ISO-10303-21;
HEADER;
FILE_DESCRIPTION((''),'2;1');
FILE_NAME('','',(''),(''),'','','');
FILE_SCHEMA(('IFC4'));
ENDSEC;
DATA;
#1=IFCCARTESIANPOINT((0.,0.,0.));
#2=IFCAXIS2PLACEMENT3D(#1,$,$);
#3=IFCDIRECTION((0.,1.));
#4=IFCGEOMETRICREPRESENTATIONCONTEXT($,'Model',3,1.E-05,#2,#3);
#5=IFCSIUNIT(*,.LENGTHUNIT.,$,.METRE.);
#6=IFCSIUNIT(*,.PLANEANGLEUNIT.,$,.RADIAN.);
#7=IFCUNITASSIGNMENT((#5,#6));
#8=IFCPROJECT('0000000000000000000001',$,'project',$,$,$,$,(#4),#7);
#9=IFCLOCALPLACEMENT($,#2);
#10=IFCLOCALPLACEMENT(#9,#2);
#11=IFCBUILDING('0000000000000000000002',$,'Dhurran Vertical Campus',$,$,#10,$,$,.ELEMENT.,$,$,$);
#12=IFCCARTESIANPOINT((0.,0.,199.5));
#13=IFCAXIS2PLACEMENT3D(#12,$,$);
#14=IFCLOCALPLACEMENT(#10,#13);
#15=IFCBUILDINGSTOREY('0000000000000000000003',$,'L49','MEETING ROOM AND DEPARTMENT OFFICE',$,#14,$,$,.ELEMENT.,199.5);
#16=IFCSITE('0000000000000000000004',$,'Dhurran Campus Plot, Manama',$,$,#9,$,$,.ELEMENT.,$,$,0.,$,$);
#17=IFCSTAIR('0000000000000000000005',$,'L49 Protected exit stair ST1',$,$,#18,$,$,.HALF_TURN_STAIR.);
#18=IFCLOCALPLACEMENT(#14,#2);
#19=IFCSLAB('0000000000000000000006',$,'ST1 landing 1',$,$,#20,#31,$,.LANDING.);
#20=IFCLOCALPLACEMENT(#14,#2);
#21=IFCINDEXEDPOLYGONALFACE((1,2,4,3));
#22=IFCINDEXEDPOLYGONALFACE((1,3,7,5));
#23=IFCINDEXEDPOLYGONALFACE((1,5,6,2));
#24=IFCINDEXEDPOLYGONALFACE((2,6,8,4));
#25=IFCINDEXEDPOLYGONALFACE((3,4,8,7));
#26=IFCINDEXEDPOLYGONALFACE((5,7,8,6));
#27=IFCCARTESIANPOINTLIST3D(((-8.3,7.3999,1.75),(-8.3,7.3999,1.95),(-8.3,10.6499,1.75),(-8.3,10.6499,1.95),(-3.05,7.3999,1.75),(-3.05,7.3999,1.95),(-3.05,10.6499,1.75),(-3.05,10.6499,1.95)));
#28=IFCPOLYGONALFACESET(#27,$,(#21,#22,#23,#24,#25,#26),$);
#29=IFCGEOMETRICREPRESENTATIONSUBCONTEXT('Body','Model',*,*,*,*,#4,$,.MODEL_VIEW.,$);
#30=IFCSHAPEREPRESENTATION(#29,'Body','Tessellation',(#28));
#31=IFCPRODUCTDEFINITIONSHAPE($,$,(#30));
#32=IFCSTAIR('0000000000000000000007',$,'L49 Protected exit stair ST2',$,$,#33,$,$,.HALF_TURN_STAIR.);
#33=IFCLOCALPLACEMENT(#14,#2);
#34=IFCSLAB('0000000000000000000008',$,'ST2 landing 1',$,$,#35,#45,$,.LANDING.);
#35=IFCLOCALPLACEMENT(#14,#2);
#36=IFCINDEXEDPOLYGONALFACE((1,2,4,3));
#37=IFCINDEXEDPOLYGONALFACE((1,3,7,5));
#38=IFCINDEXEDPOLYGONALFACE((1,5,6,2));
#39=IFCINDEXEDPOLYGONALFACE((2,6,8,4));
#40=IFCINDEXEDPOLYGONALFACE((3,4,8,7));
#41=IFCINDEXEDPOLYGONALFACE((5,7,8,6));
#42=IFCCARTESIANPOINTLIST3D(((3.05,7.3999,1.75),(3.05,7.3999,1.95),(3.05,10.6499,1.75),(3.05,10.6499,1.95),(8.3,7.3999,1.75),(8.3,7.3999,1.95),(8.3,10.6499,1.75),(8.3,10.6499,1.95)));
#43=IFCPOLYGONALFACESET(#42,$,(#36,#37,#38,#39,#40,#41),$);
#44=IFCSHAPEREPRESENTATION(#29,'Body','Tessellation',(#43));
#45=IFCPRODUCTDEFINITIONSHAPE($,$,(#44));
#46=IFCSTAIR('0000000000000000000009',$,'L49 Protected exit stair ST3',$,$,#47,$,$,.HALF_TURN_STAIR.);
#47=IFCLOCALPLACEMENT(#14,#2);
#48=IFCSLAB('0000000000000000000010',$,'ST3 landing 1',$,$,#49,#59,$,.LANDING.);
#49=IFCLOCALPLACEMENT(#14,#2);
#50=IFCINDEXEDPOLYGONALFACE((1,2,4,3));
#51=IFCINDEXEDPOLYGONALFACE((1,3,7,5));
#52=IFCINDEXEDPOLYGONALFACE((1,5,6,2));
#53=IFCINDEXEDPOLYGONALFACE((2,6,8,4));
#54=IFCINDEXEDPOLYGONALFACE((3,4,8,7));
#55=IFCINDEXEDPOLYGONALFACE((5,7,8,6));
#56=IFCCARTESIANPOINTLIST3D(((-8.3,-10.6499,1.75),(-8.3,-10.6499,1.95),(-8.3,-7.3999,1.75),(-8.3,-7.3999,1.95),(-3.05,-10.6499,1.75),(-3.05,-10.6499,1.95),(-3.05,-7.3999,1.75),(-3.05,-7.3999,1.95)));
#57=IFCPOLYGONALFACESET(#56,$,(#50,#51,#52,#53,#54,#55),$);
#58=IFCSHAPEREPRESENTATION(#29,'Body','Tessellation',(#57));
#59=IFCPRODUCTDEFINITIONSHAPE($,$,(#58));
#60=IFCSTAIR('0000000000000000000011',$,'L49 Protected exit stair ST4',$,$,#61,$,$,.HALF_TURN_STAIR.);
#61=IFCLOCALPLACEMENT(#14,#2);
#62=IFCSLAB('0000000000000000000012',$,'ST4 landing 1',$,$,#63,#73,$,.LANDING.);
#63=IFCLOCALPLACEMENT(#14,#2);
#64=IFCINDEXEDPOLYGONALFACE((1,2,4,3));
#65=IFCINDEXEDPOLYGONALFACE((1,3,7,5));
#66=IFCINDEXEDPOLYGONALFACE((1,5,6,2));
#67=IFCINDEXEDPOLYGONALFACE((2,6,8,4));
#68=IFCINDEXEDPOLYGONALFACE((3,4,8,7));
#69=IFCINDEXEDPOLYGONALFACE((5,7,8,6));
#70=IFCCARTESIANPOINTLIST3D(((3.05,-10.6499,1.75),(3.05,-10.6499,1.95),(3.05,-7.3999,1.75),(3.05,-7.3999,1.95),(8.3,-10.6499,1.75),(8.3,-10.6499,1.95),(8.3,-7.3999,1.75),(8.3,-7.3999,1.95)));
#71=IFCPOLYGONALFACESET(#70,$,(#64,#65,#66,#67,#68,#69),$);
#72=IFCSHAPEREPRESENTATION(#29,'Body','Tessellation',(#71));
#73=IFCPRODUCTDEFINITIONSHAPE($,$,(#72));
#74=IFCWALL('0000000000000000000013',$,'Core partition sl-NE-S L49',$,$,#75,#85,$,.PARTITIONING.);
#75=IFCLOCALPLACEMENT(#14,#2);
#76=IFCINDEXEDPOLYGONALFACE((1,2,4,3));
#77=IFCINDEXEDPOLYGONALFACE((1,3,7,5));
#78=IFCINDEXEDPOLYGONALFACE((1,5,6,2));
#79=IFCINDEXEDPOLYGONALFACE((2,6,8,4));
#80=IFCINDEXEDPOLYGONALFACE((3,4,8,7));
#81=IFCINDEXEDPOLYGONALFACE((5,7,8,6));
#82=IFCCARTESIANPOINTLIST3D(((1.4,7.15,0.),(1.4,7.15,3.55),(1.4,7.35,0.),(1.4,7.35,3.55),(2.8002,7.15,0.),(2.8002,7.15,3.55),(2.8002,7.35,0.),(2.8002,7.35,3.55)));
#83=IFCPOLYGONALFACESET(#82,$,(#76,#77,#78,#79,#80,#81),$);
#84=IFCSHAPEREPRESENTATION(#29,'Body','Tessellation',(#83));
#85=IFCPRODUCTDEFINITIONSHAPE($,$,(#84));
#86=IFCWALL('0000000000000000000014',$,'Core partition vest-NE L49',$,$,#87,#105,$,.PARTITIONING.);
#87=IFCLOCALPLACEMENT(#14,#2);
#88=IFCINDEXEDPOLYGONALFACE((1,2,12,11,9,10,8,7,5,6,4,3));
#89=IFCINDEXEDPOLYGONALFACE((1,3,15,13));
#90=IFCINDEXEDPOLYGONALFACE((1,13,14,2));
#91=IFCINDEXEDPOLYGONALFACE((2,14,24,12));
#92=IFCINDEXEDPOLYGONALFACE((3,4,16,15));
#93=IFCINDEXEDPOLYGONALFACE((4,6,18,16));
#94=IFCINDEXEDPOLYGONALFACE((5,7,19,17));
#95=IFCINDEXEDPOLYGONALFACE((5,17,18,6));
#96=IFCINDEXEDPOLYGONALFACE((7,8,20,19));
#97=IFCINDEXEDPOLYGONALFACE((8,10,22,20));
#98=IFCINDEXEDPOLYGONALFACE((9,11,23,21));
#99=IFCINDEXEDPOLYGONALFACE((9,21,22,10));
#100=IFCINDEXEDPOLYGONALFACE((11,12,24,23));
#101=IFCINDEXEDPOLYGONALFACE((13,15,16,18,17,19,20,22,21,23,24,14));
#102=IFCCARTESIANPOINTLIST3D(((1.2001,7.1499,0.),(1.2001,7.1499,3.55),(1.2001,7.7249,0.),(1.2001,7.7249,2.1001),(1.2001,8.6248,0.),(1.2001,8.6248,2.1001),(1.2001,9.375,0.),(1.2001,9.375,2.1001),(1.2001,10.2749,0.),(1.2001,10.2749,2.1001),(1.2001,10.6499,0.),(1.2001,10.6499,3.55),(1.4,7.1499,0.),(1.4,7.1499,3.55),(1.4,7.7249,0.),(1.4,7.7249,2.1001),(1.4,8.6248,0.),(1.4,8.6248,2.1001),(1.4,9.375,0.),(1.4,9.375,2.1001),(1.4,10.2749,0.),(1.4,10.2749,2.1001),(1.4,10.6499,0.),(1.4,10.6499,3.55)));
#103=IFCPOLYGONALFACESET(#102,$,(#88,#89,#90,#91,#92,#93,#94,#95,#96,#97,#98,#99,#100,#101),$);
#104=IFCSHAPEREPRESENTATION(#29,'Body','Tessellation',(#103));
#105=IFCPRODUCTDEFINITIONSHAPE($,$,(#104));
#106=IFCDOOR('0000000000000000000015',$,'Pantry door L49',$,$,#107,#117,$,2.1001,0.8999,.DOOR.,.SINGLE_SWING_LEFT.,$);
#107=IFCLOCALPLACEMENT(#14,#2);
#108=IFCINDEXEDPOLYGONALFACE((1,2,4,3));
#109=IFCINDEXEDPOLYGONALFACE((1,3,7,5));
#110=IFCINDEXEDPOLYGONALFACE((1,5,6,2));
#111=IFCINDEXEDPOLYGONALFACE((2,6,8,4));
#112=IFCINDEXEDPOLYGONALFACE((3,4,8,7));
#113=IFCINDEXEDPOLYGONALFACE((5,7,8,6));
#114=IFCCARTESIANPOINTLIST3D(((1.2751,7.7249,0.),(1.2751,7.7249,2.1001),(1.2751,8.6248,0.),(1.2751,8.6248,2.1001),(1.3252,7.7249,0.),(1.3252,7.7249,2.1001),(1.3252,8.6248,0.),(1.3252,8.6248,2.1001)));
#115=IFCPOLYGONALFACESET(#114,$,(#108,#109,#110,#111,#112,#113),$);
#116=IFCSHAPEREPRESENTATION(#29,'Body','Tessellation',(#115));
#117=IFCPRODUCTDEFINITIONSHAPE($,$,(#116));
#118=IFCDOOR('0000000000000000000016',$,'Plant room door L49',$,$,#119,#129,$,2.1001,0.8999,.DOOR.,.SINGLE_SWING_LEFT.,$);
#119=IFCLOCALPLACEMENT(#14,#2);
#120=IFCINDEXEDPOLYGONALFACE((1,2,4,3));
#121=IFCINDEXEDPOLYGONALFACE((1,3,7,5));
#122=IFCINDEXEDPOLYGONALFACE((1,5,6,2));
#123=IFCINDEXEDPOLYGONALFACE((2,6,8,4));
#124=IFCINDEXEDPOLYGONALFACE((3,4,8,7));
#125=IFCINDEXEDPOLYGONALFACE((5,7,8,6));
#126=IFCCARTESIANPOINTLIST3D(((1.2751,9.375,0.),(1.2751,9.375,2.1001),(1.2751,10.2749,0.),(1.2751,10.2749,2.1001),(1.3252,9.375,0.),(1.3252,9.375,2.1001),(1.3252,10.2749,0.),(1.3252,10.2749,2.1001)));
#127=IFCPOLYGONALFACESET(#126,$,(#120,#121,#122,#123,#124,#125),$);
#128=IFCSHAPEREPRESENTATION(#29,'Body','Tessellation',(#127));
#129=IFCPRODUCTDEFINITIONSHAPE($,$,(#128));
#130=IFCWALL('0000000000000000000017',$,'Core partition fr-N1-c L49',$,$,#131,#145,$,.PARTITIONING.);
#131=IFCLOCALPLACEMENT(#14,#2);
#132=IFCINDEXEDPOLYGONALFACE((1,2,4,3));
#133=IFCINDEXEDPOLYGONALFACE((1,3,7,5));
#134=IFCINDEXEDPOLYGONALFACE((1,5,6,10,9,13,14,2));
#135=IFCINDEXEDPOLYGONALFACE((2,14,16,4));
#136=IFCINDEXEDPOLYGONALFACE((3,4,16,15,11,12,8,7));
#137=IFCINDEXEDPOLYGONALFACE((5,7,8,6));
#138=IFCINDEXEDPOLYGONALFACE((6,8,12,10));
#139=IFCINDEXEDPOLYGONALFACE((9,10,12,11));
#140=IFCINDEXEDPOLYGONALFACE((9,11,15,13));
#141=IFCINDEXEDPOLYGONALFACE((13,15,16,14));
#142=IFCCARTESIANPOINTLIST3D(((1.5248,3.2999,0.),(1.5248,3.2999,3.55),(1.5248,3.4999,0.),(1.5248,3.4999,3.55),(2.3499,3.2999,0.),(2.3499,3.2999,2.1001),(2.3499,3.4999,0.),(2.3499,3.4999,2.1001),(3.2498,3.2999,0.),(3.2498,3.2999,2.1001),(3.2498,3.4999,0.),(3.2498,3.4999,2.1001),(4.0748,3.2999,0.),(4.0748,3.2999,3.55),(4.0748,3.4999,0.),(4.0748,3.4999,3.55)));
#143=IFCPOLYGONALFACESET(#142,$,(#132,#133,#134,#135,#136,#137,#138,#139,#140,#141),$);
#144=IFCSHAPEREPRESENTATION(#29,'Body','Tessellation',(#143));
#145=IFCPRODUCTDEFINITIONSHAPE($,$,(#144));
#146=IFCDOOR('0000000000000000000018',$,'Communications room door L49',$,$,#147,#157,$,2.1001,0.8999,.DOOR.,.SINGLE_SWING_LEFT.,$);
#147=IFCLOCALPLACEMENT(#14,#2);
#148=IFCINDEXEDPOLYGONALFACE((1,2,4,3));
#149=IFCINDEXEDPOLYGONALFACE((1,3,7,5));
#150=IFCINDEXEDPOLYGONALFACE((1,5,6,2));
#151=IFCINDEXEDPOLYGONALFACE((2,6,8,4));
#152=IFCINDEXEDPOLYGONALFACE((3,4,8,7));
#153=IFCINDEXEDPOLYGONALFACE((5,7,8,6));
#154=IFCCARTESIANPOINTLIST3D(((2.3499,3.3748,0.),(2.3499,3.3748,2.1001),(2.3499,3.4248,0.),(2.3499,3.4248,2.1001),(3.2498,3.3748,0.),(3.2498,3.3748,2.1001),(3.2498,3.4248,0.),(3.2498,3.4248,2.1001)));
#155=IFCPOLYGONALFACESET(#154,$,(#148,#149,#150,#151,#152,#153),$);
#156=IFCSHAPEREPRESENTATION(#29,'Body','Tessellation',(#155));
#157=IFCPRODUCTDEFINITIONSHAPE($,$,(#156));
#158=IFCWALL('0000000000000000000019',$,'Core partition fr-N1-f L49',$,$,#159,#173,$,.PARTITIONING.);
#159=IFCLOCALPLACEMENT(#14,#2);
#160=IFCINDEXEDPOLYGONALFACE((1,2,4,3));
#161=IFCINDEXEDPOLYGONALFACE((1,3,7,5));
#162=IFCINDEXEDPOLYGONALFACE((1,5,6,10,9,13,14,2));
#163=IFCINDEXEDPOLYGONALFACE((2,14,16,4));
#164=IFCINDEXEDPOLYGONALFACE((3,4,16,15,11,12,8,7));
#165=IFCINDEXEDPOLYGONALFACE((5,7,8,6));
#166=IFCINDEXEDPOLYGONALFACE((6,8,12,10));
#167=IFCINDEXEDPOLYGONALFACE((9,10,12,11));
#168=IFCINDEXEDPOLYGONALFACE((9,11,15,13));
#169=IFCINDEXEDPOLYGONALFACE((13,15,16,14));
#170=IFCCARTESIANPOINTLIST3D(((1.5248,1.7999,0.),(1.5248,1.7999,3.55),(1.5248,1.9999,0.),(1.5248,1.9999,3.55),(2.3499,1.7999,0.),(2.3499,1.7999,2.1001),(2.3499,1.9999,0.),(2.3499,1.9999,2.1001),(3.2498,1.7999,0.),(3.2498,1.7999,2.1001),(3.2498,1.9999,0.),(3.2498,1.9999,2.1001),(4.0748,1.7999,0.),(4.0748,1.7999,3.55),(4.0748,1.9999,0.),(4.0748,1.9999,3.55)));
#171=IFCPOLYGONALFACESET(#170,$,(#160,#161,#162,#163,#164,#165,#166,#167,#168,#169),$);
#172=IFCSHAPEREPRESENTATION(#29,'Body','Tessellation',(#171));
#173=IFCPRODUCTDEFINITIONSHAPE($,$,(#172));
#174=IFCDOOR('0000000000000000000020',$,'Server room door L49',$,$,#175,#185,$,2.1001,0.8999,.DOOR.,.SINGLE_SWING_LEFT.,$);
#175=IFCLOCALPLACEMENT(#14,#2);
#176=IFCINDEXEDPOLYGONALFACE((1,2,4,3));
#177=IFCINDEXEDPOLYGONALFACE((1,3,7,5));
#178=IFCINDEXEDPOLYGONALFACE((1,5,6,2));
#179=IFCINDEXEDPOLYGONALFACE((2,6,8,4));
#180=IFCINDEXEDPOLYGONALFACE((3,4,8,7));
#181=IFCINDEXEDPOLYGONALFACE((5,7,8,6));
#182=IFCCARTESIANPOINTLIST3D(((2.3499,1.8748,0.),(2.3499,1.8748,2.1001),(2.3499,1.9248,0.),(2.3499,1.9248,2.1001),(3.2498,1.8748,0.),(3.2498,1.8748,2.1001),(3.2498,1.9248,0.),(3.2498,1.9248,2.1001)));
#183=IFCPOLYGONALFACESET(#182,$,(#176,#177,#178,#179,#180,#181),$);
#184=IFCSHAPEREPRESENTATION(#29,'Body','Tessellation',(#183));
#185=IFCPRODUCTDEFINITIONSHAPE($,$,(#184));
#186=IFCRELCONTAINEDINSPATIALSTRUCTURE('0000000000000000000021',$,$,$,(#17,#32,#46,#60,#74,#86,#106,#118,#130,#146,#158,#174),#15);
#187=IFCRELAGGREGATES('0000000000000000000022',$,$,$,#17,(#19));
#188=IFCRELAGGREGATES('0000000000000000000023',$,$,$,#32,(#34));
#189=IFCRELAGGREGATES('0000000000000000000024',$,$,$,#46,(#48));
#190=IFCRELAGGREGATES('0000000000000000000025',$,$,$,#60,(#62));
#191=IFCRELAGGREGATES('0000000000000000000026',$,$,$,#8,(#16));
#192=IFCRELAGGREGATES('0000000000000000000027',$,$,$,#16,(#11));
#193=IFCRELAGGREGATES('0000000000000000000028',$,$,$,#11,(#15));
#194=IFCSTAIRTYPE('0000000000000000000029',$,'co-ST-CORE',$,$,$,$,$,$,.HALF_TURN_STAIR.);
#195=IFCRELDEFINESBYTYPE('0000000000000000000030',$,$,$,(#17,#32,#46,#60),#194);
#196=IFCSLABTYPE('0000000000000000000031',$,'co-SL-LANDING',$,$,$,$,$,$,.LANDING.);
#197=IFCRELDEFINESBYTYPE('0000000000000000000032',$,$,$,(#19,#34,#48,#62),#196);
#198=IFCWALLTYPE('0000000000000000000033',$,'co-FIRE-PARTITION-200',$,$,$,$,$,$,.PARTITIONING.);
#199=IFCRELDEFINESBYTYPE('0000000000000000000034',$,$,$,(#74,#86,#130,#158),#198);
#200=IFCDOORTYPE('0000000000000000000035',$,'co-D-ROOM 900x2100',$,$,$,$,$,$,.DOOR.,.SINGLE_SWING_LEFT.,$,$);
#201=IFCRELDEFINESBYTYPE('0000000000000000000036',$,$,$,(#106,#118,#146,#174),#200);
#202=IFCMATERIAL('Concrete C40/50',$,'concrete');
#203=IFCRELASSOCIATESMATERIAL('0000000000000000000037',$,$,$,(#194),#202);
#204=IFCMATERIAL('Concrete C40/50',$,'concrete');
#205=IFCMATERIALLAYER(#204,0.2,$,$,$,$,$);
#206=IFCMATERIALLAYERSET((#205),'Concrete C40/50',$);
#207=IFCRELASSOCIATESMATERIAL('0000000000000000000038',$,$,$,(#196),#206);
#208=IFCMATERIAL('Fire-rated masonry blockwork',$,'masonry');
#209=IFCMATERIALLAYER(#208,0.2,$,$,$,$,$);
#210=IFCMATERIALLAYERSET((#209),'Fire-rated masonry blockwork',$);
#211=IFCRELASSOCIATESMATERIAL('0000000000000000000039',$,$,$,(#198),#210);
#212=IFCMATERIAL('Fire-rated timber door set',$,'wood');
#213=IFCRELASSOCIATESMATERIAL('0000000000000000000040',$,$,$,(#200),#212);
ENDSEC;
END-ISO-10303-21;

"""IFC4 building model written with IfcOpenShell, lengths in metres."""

from ifc_helpers import new_model, si_unit, direction, frame, frame_2d, origin, place, context, subcontext, project, spatial, polyline, rectangle, outline, extrude, material, layer, layer_set, type_object, element, fill, aggregate, save


model = new_model("IFC4")

# Units and contexts
model_context = context("Model", 3, precision=1e-05, world=origin(), true_north=direction((0.0, 1.0)))
body_context = subcontext(model_context, "Body", "Model", "MODEL_VIEW")
ifc_project = project(units=[si_unit("LENGTHUNIT", "METRE"), si_unit("PLANEANGLEUNIT", "RADIAN")], contexts=[model_context])

# Site, building, storey
site_placement = place(None, origin())
site = spatial("IfcSite", under=ifc_project, at=site_placement, Name="Dhurran Campus Plot, Manama", CompositionType="ELEMENT", RefElevation=0.0)
building_placement = place(site_placement, origin())
building = spatial("IfcBuilding", under=site, at=building_placement, Name="Dhurran Vertical Campus", CompositionType="ELEMENT")
storey_placement = place(building_placement, frame((0.0, 0.0, 199.5)))
storey = spatial("IfcBuildingStorey", under=building, at=storey_placement, Name="L49", Description="MEETING ROOM AND DEPARTMENT OFFICE", CompositionType="ELEMENT", Elevation=199.5)

# Stairs, slabs
ifc_material_1 = material(Name="Concrete C40/50", Category="concrete")
stair_type = type_object("IfcStairType", Name="co-ST-CORE", PredefinedType="HALF_TURN_STAIR", material=ifc_material_1)
stair_1_placement = place(storey_placement, origin())
stair_1 = element("IfcStair", 1, at=stair_1_placement, inside=storey, type_object=stair_type, Name="L49 Protected exit stair ST1", PredefinedType="HALF_TURN_STAIR")
ifc_material_2 = material(Name="Concrete C40/50", Category="concrete")
ifc_layer_1 = layer(ifc_material_2, 0.2)
ifc_layer_set_1 = layer_set([ifc_layer_1], Name="Concrete C40/50")
slab_type = type_object("IfcSlabType", Name="co-SL-LANDING", PredefinedType="LANDING", material=ifc_layer_set_1)
slab_1_placement = place(storey_placement, frame((0.0, 0.0, 1.75)))
slab_1 = element("IfcSlab", 2, at=slab_1_placement, type_object=slab_type, Name="ST1 landing 1", PredefinedType="LANDING", context=body_context, shape_type="SweptSolid", body=[
    extrude(outline(polyline([(-8.3, 7.3999), (-3.05, 7.3999), (-3.05, 10.6499), (-8.3, 10.6499), (-8.3, 7.3999)])), origin(), (0.0, 0.0, 1.0), 0.2),
])
aggregate(stair_1, [slab_1])
stair_2_placement = place(storey_placement, origin())
stair_2 = element("IfcStair", 3, at=stair_2_placement, inside=storey, type_object=stair_type, Name="L49 Protected exit stair ST2", PredefinedType="HALF_TURN_STAIR")
slab_2_placement = place(storey_placement, frame((0.0, 0.0, 1.75)))
slab_2 = element("IfcSlab", 4, at=slab_2_placement, type_object=slab_type, Name="ST2 landing 1", PredefinedType="LANDING", context=body_context, shape_type="SweptSolid", body=[
    extrude(outline(polyline([(8.3, 10.6499), (3.05, 10.6499), (3.05, 7.3999), (8.3, 7.3999), (8.3, 10.6499)])), origin(), (0.0, 0.0, 1.0), 0.2),
])
aggregate(stair_2, [slab_2])
stair_3_placement = place(storey_placement, origin())
stair_3 = element("IfcStair", 5, at=stair_3_placement, inside=storey, type_object=stair_type, Name="L49 Protected exit stair ST3", PredefinedType="HALF_TURN_STAIR")
slab_3_placement = place(storey_placement, frame((0.0, 0.0, 1.75)))
slab_3 = element("IfcSlab", 6, at=slab_3_placement, type_object=slab_type, Name="ST3 landing 1", PredefinedType="LANDING", context=body_context, shape_type="SweptSolid", body=[
    extrude(outline(polyline([(-8.3, -10.6499), (-3.05, -10.6499), (-3.05, -7.3999), (-8.3, -7.3999), (-8.3, -10.6499)])), origin(), (0.0, 0.0, 1.0), 0.2),
])
aggregate(stair_3, [slab_3])
stair_4_placement = place(storey_placement, origin())
stair_4 = element("IfcStair", 7, at=stair_4_placement, inside=storey, type_object=stair_type, Name="L49 Protected exit stair ST4", PredefinedType="HALF_TURN_STAIR")
slab_4_placement = place(storey_placement, frame((0.0, 0.0, 1.75)))
slab_4 = element("IfcSlab", 8, at=slab_4_placement, type_object=slab_type, Name="ST4 landing 1", PredefinedType="LANDING", context=body_context, shape_type="SweptSolid", body=[
    extrude(outline(polyline([(8.3, -7.3999), (3.05, -7.3999), (3.05, -10.6499), (8.3, -10.6499), (8.3, -7.3999)])), origin(), (0.0, 0.0, 1.0), 0.2),
])
aggregate(stair_4, [slab_4])

# Wall
ifc_material_3 = material(Name="Fire-rated masonry blockwork", Category="masonry")
ifc_layer_2 = layer(ifc_material_3, 0.2)
ifc_layer_set_2 = layer_set([ifc_layer_2], Name="Fire-rated masonry blockwork")
wall_type_1 = type_object("IfcWallType", Name="co-FIRE-PARTITION-200", PredefinedType="PARTITIONING", material=ifc_layer_set_2)
wall_1_placement = place(storey_placement, frame((1.3999, 7.25, 0.0), z_axis=(0.0, 0.0, 1.0), x_axis=(1.0, 0.0, 0.0)))
element("IfcWall", 9, at=wall_1_placement, inside=storey, type_object=wall_type_1, Name="Core partition sl-NE-S L49", PredefinedType="PARTITIONING", context=body_context, shape_type="SweptSolid", body=[
    extrude(rectangle(XDim=1.4001, YDim=0.2, at=frame_2d((0.7002, 0.0))), origin(), (0.0, 0.0, 1.0), 3.55),
])

# Wall, openings, doors
wall_2_placement = place(storey_placement, frame((1.3, 7.1499, 0.0), z_axis=(0.0, 0.0, 1.0), x_axis=(0.0, 1.0, 0.0)))
wall_2 = element("IfcWall", 10, at=wall_2_placement, inside=storey, type_object=wall_type_1, Name="Core partition vest-NE L49", PredefinedType="PARTITIONING", context=body_context, shape_type="SweptSolid", body=[
    extrude(rectangle(XDim=3.5, YDim=0.2, at=frame_2d((1.75, 0.0))), origin(), (0.0, 0.0, 1.0), 3.55),
])
opening_1_placement = place(wall_2_placement, frame((0.575, 0.0, 0.0)))
opening_1 = element("IfcOpeningElement", 11, at=opening_1_placement, cuts=wall_2, PredefinedType="OPENING", context=body_context, shape_type="SweptSolid", body=[
    extrude(rectangle(XDim=0.8999, YDim=2.1001, at=frame_2d((0.45, 1.05))), frame((0.0, 0.1099, 0.0), z_axis=(0.0, -1.0, 0.0), x_axis=(1.0, 0.0, 0.0)), (0.0, 0.0, 1.0), 0.22),
])
opening_2_placement = place(wall_2_placement, frame((2.2251, 0.0, 0.0)))
opening_2 = element("IfcOpeningElement", 12, at=opening_2_placement, cuts=wall_2, PredefinedType="OPENING", context=body_context, shape_type="SweptSolid", body=[
    extrude(rectangle(XDim=0.8999, YDim=2.1001, at=frame_2d((0.45, 1.05))), frame((0.0, 0.1099, 0.0), z_axis=(0.0, -1.0, 0.0), x_axis=(1.0, 0.0, 0.0)), (0.0, 0.0, 1.0), 0.22),
])
ifc_material_4 = material(Name="Fire-rated timber door set", Category="wood")
door_type_1 = type_object("IfcDoorType", Name="co-D-ROOM 900x2100", OperationType="SINGLE_SWING_LEFT", PredefinedType="DOOR", material=ifc_material_4)
door_1_placement = place(opening_1_placement, origin())
door_1 = element("IfcDoor", 13, at=door_1_placement, inside=storey, type_object=door_type_1, Name="Pantry door L49", OperationType="SINGLE_SWING_LEFT", OverallHeight=2.1001, OverallWidth=0.8999, PredefinedType="DOOR", context=body_context, shape_type="SweptSolid", body=[
    extrude(rectangle(XDim=0.8999, YDim=2.1001, at=frame_2d((0.45, 1.05))), frame((0.0, 0.0249, 0.0), z_axis=(0.0, -1.0, 0.0), x_axis=(1.0, 0.0, 0.0)), (0.0, 0.0, 1.0), 0.05),
])
fill(opening_1, door_1)
door_2_placement = place(opening_2_placement, origin())
door_2 = element("IfcDoor", 14, at=door_2_placement, inside=storey, type_object=door_type_1, Name="Plant room door L49", OperationType="SINGLE_SWING_LEFT", OverallHeight=2.1001, OverallWidth=0.8999, PredefinedType="DOOR", context=body_context, shape_type="SweptSolid", body=[
    extrude(rectangle(XDim=0.8999, YDim=2.1001, at=frame_2d((0.45, 1.05))), frame((0.0, 0.0249, 0.0), z_axis=(0.0, -1.0, 0.0), x_axis=(1.0, 0.0, 0.0)), (0.0, 0.0, 1.0), 0.05),
])
fill(opening_2, door_2)

# Walls, openings, doors
wall_3_placement = place(storey_placement, frame((1.5249, 3.3999, 0.0), z_axis=(0.0, 0.0, 1.0), x_axis=(1.0, 0.0, 0.0)))
wall_3 = element("IfcWall", 15, at=wall_3_placement, inside=storey, type_object=wall_type_1, Name="Core partition fr-N1-c L49", PredefinedType="PARTITIONING", context=body_context, shape_type="SweptSolid", body=[
    extrude(rectangle(XDim=2.55, YDim=0.2, at=frame_2d((1.2749, 0.0))), origin(), (0.0, 0.0, 1.0), 3.55),
])
opening_3_placement = place(wall_3_placement, frame((0.825, 0.0, 0.0)))
opening_3 = element("IfcOpeningElement", 16, at=opening_3_placement, cuts=wall_3, PredefinedType="OPENING", context=body_context, shape_type="SweptSolid", body=[
    extrude(rectangle(XDim=0.8999, YDim=2.1001, at=frame_2d((0.45, 1.05))), frame((0.0, 0.1099, 0.0), z_axis=(0.0, -1.0, 0.0), x_axis=(1.0, 0.0, 0.0)), (0.0, 0.0, 1.0), 0.22),
])
door_3_placement = place(opening_3_placement, origin())
door_3 = element("IfcDoor", 17, at=door_3_placement, inside=storey, type_object=door_type_1, Name="Communications room door L49", OperationType="SINGLE_SWING_LEFT", OverallHeight=2.1001, OverallWidth=0.8999, PredefinedType="DOOR", context=body_context, shape_type="SweptSolid", body=[
    extrude(rectangle(XDim=0.8999, YDim=2.1001, at=frame_2d((0.45, 1.05))), frame((0.0, 0.0249, 0.0), z_axis=(0.0, -1.0, 0.0), x_axis=(1.0, 0.0, 0.0)), (0.0, 0.0, 1.0), 0.05),
])
fill(opening_3, door_3)
wall_4_placement = place(storey_placement, frame((1.5249, 1.8999, 0.0), z_axis=(0.0, 0.0, 1.0), x_axis=(1.0, 0.0, 0.0)))
wall_4 = element("IfcWall", 18, at=wall_4_placement, inside=storey, type_object=wall_type_1, Name="Core partition fr-N1-f L49", PredefinedType="PARTITIONING", context=body_context, shape_type="SweptSolid", body=[
    extrude(rectangle(XDim=2.55, YDim=0.2, at=frame_2d((1.2749, 0.0))), origin(), (0.0, 0.0, 1.0), 3.55),
])
opening_4_placement = place(wall_4_placement, frame((0.825, 0.0, 0.0)))
opening_4 = element("IfcOpeningElement", 19, at=opening_4_placement, cuts=wall_4, PredefinedType="OPENING", context=body_context, shape_type="SweptSolid", body=[
    extrude(rectangle(XDim=0.8999, YDim=2.1001, at=frame_2d((0.45, 1.05))), frame((0.0, 0.1099, 0.0), z_axis=(0.0, -1.0, 0.0), x_axis=(1.0, 0.0, 0.0)), (0.0, 0.0, 1.0), 0.22),
])
door_4_placement = place(opening_4_placement, origin())
door_4 = element("IfcDoor", 20, at=door_4_placement, inside=storey, type_object=door_type_1, Name="Server room door L49", OperationType="SINGLE_SWING_LEFT", OverallHeight=2.1001, OverallWidth=0.8999, PredefinedType="DOOR", context=body_context, shape_type="SweptSolid", body=[
    extrude(rectangle(XDim=0.8999, YDim=2.1001, at=frame_2d((0.45, 1.05))), frame((0.0, 0.0249, 0.0), z_axis=(0.0, -1.0, 0.0), x_axis=(1.0, 0.0, 0.0)), (0.0, 0.0, 1.0), 0.05),
])
fill(opening_4, door_4)

save(model, "model.ifc")
